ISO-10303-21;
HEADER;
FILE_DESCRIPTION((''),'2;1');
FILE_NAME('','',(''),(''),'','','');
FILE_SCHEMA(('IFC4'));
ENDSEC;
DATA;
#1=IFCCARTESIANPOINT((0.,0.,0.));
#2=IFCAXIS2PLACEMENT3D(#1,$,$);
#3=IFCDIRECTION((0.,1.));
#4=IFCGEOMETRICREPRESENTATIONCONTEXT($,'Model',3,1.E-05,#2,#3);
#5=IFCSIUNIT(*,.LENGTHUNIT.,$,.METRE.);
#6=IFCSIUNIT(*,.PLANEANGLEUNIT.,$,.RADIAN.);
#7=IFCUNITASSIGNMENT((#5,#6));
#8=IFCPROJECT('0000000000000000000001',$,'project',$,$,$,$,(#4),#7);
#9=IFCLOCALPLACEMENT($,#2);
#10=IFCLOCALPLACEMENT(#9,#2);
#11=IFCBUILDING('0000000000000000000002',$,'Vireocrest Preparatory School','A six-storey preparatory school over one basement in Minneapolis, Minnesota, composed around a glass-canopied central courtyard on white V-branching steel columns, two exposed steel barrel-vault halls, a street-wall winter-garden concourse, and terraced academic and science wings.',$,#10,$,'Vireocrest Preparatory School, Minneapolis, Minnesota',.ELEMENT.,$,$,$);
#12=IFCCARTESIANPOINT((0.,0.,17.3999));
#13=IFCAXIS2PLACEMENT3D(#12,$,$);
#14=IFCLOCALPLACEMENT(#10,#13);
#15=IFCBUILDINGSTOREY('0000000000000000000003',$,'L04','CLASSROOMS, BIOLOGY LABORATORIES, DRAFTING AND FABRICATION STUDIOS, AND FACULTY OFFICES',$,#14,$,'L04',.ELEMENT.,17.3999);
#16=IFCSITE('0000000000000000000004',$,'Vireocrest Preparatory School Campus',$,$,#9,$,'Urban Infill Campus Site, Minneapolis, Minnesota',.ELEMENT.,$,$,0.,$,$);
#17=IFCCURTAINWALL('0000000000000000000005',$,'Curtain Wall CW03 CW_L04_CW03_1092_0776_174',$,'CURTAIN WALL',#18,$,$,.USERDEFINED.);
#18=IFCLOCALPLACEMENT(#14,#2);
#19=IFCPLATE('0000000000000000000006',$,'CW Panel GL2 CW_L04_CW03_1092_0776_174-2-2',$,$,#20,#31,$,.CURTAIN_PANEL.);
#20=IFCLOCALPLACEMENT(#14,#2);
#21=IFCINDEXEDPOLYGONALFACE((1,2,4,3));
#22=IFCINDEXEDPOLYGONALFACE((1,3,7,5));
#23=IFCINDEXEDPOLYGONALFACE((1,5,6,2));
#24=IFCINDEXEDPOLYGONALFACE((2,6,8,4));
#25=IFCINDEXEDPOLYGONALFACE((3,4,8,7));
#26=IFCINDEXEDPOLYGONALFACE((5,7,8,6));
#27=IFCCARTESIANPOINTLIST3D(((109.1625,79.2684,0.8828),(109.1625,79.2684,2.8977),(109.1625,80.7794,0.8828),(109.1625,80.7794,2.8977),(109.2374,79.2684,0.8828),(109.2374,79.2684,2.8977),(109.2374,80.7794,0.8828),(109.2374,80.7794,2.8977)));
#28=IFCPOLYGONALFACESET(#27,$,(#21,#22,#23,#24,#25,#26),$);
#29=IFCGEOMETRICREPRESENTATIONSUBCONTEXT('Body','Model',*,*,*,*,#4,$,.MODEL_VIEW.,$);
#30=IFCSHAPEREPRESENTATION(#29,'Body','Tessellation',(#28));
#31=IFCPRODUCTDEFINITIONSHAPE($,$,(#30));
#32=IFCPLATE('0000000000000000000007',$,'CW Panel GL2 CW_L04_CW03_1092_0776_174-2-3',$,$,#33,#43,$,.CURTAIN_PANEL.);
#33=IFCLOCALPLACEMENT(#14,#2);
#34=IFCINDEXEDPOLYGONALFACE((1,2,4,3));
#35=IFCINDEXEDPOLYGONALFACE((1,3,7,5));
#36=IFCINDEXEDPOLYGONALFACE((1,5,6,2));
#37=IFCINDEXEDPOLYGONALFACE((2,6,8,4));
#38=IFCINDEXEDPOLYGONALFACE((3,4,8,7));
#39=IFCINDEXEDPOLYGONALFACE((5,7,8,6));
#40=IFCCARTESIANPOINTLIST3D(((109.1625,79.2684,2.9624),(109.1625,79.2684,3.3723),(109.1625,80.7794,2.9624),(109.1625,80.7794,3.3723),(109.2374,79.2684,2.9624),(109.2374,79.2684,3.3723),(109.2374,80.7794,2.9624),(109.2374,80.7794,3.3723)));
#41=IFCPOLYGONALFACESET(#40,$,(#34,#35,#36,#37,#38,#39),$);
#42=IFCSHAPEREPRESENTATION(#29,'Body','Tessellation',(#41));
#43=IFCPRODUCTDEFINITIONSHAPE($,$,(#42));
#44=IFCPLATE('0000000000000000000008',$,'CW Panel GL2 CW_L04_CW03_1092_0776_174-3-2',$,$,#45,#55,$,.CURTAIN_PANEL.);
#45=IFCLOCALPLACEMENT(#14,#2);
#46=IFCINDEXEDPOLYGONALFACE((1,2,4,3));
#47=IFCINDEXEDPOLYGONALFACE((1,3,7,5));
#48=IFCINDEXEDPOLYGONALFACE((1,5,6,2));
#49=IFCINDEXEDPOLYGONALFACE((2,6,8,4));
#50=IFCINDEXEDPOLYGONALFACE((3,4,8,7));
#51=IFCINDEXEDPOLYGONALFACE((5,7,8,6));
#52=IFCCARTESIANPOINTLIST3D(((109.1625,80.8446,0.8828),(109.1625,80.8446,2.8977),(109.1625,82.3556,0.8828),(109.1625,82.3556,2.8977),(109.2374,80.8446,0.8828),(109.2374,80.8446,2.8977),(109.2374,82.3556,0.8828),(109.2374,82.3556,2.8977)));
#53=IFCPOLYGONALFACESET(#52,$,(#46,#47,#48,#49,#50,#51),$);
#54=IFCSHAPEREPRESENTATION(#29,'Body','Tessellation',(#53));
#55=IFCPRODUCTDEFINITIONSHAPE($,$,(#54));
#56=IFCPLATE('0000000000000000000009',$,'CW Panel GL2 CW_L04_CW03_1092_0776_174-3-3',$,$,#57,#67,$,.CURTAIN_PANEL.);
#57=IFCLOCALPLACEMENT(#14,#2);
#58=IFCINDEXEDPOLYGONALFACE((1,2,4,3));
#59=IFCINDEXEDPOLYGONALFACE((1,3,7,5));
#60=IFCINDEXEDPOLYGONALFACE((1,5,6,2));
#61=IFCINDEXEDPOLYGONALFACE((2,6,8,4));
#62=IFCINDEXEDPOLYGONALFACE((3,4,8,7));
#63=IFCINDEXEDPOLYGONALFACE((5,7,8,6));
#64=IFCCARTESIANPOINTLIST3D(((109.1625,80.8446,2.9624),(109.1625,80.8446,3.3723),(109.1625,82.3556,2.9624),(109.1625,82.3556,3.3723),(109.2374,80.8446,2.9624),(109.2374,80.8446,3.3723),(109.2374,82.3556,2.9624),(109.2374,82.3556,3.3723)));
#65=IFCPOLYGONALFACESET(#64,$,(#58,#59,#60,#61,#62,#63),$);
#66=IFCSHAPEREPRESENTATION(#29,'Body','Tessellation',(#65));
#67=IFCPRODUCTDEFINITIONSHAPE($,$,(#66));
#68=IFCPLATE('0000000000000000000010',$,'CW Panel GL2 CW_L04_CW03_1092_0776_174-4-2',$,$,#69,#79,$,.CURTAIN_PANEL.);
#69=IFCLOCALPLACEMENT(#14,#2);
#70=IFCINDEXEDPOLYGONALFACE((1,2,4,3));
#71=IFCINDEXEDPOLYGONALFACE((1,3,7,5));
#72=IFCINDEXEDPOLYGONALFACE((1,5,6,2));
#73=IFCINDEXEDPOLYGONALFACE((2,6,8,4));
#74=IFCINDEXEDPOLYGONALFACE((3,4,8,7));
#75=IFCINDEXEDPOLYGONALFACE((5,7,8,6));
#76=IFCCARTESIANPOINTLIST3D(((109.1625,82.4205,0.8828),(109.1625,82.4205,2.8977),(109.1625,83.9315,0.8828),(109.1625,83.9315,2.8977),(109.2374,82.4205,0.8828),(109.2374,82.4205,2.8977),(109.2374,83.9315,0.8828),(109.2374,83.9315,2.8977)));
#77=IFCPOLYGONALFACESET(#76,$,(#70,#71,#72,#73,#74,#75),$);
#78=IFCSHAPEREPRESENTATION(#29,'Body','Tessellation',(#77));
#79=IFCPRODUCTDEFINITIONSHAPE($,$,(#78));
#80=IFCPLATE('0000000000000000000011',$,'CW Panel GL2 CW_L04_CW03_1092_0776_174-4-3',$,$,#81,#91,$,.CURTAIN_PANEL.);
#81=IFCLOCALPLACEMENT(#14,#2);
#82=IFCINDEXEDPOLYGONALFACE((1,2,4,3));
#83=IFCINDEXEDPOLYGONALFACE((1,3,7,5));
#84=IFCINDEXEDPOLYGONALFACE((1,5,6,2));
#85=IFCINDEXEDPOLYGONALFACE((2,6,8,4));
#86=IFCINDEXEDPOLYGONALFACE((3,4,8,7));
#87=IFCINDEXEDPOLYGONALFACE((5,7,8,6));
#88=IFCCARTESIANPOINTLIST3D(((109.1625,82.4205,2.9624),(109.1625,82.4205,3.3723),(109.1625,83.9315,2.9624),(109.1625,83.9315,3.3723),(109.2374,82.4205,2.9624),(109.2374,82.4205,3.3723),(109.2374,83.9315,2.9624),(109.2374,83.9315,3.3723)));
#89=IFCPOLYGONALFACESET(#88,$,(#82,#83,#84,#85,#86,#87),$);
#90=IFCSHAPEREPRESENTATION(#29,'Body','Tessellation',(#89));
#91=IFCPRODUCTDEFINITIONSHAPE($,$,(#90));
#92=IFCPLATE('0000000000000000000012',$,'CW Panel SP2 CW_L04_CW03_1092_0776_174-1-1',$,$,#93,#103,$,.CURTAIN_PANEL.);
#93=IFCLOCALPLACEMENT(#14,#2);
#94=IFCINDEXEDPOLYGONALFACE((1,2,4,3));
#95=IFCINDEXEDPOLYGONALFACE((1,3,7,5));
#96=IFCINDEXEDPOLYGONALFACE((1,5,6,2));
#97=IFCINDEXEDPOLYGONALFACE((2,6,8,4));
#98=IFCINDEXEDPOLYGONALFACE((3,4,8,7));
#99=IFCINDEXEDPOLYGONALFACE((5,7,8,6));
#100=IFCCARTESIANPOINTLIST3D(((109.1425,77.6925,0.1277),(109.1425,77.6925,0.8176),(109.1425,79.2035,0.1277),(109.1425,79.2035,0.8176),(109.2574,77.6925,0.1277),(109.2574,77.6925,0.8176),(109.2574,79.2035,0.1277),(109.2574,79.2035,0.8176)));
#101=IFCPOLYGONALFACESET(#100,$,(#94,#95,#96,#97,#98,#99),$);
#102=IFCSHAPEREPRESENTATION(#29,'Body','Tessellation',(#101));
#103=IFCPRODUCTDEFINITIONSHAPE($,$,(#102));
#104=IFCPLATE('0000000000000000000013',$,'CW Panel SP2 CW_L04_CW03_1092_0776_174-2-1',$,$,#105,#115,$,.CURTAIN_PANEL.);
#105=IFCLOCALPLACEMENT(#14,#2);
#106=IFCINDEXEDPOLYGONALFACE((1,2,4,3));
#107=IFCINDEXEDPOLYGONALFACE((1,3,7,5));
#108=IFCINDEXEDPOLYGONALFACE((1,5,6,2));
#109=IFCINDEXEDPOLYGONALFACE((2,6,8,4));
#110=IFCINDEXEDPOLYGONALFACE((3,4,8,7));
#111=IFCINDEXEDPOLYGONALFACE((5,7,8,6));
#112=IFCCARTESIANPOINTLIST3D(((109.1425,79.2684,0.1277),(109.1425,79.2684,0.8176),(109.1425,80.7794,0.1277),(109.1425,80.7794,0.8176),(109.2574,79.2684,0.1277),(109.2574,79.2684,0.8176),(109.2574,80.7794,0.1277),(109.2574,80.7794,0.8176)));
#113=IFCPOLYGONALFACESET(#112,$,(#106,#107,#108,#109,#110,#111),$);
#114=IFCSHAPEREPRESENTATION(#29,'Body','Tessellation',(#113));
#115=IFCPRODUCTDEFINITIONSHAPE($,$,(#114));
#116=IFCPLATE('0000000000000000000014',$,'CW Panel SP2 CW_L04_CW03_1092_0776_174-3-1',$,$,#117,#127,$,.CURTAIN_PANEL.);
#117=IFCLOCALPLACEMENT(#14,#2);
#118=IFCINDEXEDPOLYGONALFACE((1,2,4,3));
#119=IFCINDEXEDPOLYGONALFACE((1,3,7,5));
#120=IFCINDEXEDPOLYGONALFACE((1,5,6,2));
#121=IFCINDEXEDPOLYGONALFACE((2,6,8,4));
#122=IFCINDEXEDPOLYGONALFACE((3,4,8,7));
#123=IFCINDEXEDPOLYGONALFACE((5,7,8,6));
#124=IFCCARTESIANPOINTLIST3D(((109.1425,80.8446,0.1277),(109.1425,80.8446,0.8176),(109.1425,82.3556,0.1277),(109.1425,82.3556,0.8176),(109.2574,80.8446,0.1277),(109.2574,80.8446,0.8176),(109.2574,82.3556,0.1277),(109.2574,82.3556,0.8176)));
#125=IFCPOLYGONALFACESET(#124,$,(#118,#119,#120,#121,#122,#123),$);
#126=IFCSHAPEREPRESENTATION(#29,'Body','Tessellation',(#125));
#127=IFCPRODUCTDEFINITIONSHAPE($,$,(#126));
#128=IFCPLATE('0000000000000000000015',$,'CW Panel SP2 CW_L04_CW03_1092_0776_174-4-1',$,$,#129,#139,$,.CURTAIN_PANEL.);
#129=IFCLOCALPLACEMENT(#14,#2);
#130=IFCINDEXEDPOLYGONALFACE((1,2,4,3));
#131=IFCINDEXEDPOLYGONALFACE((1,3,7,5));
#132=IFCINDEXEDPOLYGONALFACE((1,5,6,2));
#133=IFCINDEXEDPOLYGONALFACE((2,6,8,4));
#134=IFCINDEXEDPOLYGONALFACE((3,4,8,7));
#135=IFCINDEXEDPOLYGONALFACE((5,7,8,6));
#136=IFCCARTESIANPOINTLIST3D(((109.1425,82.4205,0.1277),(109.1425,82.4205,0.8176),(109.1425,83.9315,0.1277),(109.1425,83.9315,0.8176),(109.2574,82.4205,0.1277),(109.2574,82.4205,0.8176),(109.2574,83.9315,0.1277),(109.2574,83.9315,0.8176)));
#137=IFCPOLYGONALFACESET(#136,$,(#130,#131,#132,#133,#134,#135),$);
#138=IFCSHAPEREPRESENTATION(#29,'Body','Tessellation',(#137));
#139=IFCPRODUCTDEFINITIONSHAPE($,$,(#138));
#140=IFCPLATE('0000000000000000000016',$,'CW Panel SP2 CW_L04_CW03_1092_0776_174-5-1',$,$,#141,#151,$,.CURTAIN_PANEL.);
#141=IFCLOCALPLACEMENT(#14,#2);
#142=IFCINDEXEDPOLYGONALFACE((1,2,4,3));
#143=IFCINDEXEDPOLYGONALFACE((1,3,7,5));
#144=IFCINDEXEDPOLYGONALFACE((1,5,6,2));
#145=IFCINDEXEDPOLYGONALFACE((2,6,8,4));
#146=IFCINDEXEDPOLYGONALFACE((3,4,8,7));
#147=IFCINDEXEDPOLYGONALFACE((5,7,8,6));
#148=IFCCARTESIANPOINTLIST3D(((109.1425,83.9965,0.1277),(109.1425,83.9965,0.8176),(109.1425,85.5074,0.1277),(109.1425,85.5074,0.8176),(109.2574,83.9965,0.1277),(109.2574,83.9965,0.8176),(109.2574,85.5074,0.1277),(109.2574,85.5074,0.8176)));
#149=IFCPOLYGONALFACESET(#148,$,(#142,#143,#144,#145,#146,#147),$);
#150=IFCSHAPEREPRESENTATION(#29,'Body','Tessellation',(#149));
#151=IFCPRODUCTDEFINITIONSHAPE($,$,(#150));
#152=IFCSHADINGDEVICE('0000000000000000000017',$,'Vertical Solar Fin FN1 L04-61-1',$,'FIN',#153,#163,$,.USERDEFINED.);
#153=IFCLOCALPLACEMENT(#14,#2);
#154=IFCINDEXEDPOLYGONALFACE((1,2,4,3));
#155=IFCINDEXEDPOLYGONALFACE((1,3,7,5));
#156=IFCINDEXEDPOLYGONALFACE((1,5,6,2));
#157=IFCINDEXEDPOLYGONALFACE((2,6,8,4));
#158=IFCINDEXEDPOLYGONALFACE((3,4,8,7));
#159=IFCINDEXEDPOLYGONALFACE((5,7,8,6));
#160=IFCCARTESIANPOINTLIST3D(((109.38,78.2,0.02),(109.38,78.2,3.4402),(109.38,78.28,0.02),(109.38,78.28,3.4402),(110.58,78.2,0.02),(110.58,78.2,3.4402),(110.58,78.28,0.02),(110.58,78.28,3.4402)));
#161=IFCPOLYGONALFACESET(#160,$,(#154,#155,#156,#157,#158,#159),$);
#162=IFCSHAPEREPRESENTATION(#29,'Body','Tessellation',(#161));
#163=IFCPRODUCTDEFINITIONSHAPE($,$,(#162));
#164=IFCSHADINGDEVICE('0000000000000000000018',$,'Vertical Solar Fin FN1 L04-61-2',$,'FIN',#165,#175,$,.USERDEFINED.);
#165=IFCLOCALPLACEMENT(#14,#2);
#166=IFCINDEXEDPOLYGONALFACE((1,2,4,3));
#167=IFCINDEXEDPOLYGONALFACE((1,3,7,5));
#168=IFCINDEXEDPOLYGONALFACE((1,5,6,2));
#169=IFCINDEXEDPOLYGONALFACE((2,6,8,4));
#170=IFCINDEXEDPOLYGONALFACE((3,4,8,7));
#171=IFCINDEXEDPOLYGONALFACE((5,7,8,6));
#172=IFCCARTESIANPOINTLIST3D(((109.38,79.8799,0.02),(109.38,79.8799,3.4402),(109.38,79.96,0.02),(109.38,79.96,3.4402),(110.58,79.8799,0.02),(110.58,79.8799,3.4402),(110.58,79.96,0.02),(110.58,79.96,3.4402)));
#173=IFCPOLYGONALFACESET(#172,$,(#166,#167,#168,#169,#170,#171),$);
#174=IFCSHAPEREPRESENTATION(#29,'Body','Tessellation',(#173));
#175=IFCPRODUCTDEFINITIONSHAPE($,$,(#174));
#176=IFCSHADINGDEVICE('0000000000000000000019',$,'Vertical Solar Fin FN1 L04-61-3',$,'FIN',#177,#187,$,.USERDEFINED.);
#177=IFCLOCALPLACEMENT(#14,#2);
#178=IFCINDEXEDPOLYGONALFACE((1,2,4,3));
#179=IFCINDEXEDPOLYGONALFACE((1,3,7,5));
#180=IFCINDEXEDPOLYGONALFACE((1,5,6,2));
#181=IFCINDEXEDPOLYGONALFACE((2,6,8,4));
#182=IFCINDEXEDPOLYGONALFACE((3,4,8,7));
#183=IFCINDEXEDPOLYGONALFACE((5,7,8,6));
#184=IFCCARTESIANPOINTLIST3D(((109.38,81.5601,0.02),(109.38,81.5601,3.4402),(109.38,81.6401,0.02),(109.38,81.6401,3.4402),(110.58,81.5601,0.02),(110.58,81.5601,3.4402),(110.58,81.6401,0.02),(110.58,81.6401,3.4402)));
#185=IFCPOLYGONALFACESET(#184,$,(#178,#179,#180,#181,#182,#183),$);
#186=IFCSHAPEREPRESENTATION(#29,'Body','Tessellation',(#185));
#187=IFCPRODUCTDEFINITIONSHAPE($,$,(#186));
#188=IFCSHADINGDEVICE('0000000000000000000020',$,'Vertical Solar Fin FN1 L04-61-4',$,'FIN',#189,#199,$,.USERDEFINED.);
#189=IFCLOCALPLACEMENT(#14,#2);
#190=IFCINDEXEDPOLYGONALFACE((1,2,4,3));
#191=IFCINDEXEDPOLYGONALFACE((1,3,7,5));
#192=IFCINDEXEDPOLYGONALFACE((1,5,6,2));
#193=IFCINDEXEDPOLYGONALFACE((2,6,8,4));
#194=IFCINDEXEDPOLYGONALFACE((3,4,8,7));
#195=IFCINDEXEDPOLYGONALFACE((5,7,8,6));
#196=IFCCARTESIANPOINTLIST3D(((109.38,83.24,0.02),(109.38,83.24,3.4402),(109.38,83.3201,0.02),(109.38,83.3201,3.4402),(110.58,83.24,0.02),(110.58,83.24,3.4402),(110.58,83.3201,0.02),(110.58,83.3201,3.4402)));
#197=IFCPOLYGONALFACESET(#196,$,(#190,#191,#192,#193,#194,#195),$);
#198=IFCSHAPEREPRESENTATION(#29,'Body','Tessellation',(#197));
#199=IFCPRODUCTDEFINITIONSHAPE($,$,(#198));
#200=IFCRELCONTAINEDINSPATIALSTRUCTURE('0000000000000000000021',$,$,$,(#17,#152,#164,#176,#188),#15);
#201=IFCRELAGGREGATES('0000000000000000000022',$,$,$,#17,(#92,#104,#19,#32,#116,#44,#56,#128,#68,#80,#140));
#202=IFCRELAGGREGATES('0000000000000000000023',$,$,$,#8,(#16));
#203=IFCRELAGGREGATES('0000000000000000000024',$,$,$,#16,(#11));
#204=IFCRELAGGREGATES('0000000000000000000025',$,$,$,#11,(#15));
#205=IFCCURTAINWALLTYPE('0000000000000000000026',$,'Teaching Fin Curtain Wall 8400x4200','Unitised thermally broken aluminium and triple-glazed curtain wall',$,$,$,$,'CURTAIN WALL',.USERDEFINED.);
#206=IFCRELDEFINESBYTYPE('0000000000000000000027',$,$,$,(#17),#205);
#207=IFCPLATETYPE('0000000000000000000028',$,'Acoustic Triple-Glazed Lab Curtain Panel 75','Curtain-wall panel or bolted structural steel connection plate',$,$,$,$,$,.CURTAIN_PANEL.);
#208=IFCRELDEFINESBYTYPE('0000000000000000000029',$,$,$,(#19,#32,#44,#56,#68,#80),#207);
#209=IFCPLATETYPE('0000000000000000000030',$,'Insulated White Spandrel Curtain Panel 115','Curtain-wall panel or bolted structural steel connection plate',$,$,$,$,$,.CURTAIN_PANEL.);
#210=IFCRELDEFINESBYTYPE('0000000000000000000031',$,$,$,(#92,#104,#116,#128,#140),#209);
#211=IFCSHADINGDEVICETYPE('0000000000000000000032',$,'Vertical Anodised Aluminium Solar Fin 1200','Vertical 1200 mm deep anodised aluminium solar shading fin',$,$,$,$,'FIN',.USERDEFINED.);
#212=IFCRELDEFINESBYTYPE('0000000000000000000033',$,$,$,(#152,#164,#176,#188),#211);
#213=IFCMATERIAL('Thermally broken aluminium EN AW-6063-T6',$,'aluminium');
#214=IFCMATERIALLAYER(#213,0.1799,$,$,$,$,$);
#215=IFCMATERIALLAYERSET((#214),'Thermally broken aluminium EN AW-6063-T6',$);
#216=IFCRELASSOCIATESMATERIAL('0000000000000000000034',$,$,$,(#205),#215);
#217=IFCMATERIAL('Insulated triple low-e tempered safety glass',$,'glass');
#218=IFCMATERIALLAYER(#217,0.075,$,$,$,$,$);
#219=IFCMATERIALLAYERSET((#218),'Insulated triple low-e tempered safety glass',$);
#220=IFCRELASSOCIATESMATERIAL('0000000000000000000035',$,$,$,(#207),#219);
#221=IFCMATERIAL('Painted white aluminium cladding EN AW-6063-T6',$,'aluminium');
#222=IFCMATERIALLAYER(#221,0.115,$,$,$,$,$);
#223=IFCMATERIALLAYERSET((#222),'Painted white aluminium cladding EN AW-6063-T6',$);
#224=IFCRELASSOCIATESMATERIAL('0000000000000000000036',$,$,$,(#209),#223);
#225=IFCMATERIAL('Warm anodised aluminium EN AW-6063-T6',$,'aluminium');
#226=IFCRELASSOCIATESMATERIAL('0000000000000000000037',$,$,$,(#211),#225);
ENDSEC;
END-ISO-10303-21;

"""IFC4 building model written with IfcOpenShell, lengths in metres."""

from ifc_helpers import new_model, si_unit, direction, frame, origin, origin_2d, place, context, subcontext, project, spatial, rectangle, extrude, material, layer, layer_set, material_profile, profile_set, type_object, element, aggregate, save


model = new_model("IFC4")

# Units and contexts
model_context = context("Model", 3, precision=1e-05, world=origin(), true_north=direction((0.0, 1.0)))
body_context = subcontext(model_context, "Body", "Model", "MODEL_VIEW")
ifc_project = project(units=[si_unit("LENGTHUNIT", "METRE"), si_unit("PLANEANGLEUNIT", "RADIAN")], contexts=[model_context])

# Site, building, storey
site_placement = place(None, origin())
site = spatial("IfcSite", under=ifc_project, at=site_placement, Name="Vireocrest Preparatory School Campus", LongName="Urban Infill Campus Site, Minneapolis, Minnesota", CompositionType="ELEMENT", RefElevation=0.0)
building_placement = place(site_placement, origin())
building = spatial("IfcBuilding", under=site, at=building_placement, Name="Vireocrest Preparatory School", Description="A six-storey preparatory school over one basement in Minneapolis, Minnesota, composed around a glass-canopied central courtyard on white V-branching steel columns, two exposed steel barrel-vault halls, a street-wall winter-garden concourse, and terraced academic and science wings.", LongName="Vireocrest Preparatory School, Minneapolis, Minnesota", CompositionType="ELEMENT")
storey_placement = place(building_placement, frame((0.0, 0.0, 17.3999)))
storey = spatial("IfcBuildingStorey", under=building, at=storey_placement, Name="L04", Description="CLASSROOMS, BIOLOGY LABORATORIES, DRAFTING AND FABRICATION STUDIOS, AND FACULTY OFFICES", LongName="L04", CompositionType="ELEMENT", Elevation=17.3999)

# Curtain wall
ifc_material_1 = material(Name="Thermally broken aluminium EN AW-6063-T6", Category="aluminium")
ifc_layer_1 = layer(ifc_material_1, 0.1799)
ifc_layer_set_1 = layer_set([ifc_layer_1], Name="Thermally broken aluminium EN AW-6063-T6")
curtain_wall_type = type_object("IfcCurtainWallType", Name="Teaching Fin Curtain Wall 8400x4200", Description="Unitised thermally broken aluminium and triple-glazed curtain wall", ElementType="CURTAIN WALL", PredefinedType="USERDEFINED", material=ifc_layer_set_1)
curtain_wall_placement = place(storey_placement, origin())
curtain_wall = element("IfcCurtainWall", 1, at=curtain_wall_placement, inside=storey, type_object=curtain_wall_type, Name="Curtain Wall CW03 CW_L04_CW03_1092_0776_174", ObjectType="CURTAIN WALL", PredefinedType="USERDEFINED")

# Plates
ifc_material_2 = material(Name="Insulated triple low-e tempered safety glass", Category="glass")
ifc_layer_2 = layer(ifc_material_2, 0.075)
ifc_layer_set_2 = layer_set([ifc_layer_2], Name="Insulated triple low-e tempered safety glass")
plate_type_1 = type_object("IfcPlateType", Name="Acoustic Triple-Glazed Lab Curtain Panel 75", Description="Curtain-wall panel or bolted structural steel connection plate", PredefinedType="CURTAIN_PANEL", material=ifc_layer_set_2)
plate_1_placement = place(storey_placement, frame((109.2, 80.0239, 0.8828), z_axis=(0.0, 0.0, 1.0), x_axis=(0.0, 1.0, 0.0)))
plate_1 = element("IfcPlate", 2, at=plate_1_placement, type_object=plate_type_1, Name="CW Panel GL2 CW_L04_CW03_1092_0776_174-2-2", PredefinedType="CURTAIN_PANEL", context=body_context, shape_type="SweptSolid", body=[
    extrude(rectangle(XDim=1.511, YDim=0.075, at=origin_2d()), origin(), (0.0, 0.0, 1.0), 2.0149),
])
plate_2_placement = place(storey_placement, frame((109.2, 80.0239, 2.9624), z_axis=(0.0, 0.0, 1.0), x_axis=(0.0, 1.0, 0.0)))
plate_2 = element("IfcPlate", 3, at=plate_2_placement, type_object=plate_type_1, Name="CW Panel GL2 CW_L04_CW03_1092_0776_174-2-3", PredefinedType="CURTAIN_PANEL", context=body_context, shape_type="SweptSolid", body=[
    extrude(rectangle(XDim=1.511, YDim=0.075, at=origin_2d()), origin(), (0.0, 0.0, 1.0), 0.4099),
])
plate_3_placement = place(storey_placement, frame((109.2, 81.6001, 0.8828), z_axis=(0.0, 0.0, 1.0), x_axis=(0.0, 1.0, 0.0)))
plate_3 = element("IfcPlate", 4, at=plate_3_placement, type_object=plate_type_1, Name="CW Panel GL2 CW_L04_CW03_1092_0776_174-3-2", PredefinedType="CURTAIN_PANEL", context=body_context, shape_type="SweptSolid", body=[
    extrude(rectangle(XDim=1.511, YDim=0.075, at=origin_2d()), origin(), (0.0, 0.0, 1.0), 2.0149),
])
plate_4_placement = place(storey_placement, frame((109.2, 81.6001, 2.9624), z_axis=(0.0, 0.0, 1.0), x_axis=(0.0, 1.0, 0.0)))
plate_4 = element("IfcPlate", 5, at=plate_4_placement, type_object=plate_type_1, Name="CW Panel GL2 CW_L04_CW03_1092_0776_174-3-3", PredefinedType="CURTAIN_PANEL", context=body_context, shape_type="SweptSolid", body=[
    extrude(rectangle(XDim=1.511, YDim=0.075, at=origin_2d()), origin(), (0.0, 0.0, 1.0), 0.4099),
])
plate_5_placement = place(storey_placement, frame((109.2, 83.176, 0.8828), z_axis=(0.0, 0.0, 1.0), x_axis=(0.0, 1.0, 0.0)))
plate_5 = element("IfcPlate", 6, at=plate_5_placement, type_object=plate_type_1, Name="CW Panel GL2 CW_L04_CW03_1092_0776_174-4-2", PredefinedType="CURTAIN_PANEL", context=body_context, shape_type="SweptSolid", body=[
    extrude(rectangle(XDim=1.511, YDim=0.075, at=origin_2d()), origin(), (0.0, 0.0, 1.0), 2.0149),
])
plate_6_placement = place(storey_placement, frame((109.2, 83.176, 2.9624), z_axis=(0.0, 0.0, 1.0), x_axis=(0.0, 1.0, 0.0)))
plate_6 = element("IfcPlate", 7, at=plate_6_placement, type_object=plate_type_1, Name="CW Panel GL2 CW_L04_CW03_1092_0776_174-4-3", PredefinedType="CURTAIN_PANEL", context=body_context, shape_type="SweptSolid", body=[
    extrude(rectangle(XDim=1.511, YDim=0.075, at=origin_2d()), origin(), (0.0, 0.0, 1.0), 0.4099),
])
ifc_material_3 = material(Name="Painted white aluminium cladding EN AW-6063-T6", Category="aluminium")
ifc_layer_3 = layer(ifc_material_3, 0.115)
ifc_layer_set_3 = layer_set([ifc_layer_3], Name="Painted white aluminium cladding EN AW-6063-T6")
plate_type_2 = type_object("IfcPlateType", Name="Insulated White Spandrel Curtain Panel 115", Description="Curtain-wall panel or bolted structural steel connection plate", PredefinedType="CURTAIN_PANEL", material=ifc_layer_set_3)
plate_7_placement = place(storey_placement, frame((109.2, 78.448, 0.1277), z_axis=(0.0, 0.0, 1.0), x_axis=(0.0, 1.0, 0.0)))
plate_7 = element("IfcPlate", 8, at=plate_7_placement, type_object=plate_type_2, Name="CW Panel SP2 CW_L04_CW03_1092_0776_174-1-1", PredefinedType="CURTAIN_PANEL", context=body_context, shape_type="SweptSolid", body=[
    extrude(rectangle(XDim=1.511, YDim=0.115, at=origin_2d()), origin(), (0.0, 0.0, 1.0), 0.6899),
])
plate_8_placement = place(storey_placement, frame((109.2, 80.0239, 0.1277), z_axis=(0.0, 0.0, 1.0), x_axis=(0.0, 1.0, 0.0)))
plate_8 = element("IfcPlate", 9, at=plate_8_placement, type_object=plate_type_2, Name="CW Panel SP2 CW_L04_CW03_1092_0776_174-2-1", PredefinedType="CURTAIN_PANEL", context=body_context, shape_type="SweptSolid", body=[
    extrude(rectangle(XDim=1.511, YDim=0.115, at=origin_2d()), origin(), (0.0, 0.0, 1.0), 0.6899),
])
plate_9_placement = place(storey_placement, frame((109.2, 81.6001, 0.1277), z_axis=(0.0, 0.0, 1.0), x_axis=(0.0, 1.0, 0.0)))
plate_9 = element("IfcPlate", 10, at=plate_9_placement, type_object=plate_type_2, Name="CW Panel SP2 CW_L04_CW03_1092_0776_174-3-1", PredefinedType="CURTAIN_PANEL", context=body_context, shape_type="SweptSolid", body=[
    extrude(rectangle(XDim=1.511, YDim=0.115, at=origin_2d()), origin(), (0.0, 0.0, 1.0), 0.6899),
])
plate_10_placement = place(storey_placement, frame((109.2, 83.176, 0.1277), z_axis=(0.0, 0.0, 1.0), x_axis=(0.0, 1.0, 0.0)))
plate_10 = element("IfcPlate", 11, at=plate_10_placement, type_object=plate_type_2, Name="CW Panel SP2 CW_L04_CW03_1092_0776_174-4-1", PredefinedType="CURTAIN_PANEL", context=body_context, shape_type="SweptSolid", body=[
    extrude(rectangle(XDim=1.511, YDim=0.115, at=origin_2d()), origin(), (0.0, 0.0, 1.0), 0.6899),
])
plate_11_placement = place(storey_placement, frame((109.2, 84.752, 0.1277), z_axis=(0.0, 0.0, 1.0), x_axis=(0.0, 1.0, 0.0)))
plate_11 = element("IfcPlate", 12, at=plate_11_placement, type_object=plate_type_2, Name="CW Panel SP2 CW_L04_CW03_1092_0776_174-5-1", PredefinedType="CURTAIN_PANEL", context=body_context, shape_type="SweptSolid", body=[
    extrude(rectangle(XDim=1.511, YDim=0.115, at=origin_2d()), origin(), (0.0, 0.0, 1.0), 0.6899),
])
aggregate(curtain_wall, [plate_7, plate_8, plate_1, plate_2, plate_9, plate_3, plate_4, plate_10, plate_5, plate_6, plate_11])

# Shading devices
ifc_material_4 = material(Name="Warm anodised aluminium EN AW-6063-T6", Category="aluminium")
ifc_material_profile_1 = material_profile(ifc_material_4, rectangle(XDim=0.0801, YDim=1.2, at=origin_2d()), Name="FIN 80x1200")
ifc_profile_set_1 = profile_set([ifc_material_profile_1], Name="Warm anodised aluminium EN AW-6063-T6")
shading_device_type = type_object("IfcShadingDeviceType", Name="Vertical Anodised Aluminium Solar Fin 1200", Description="Vertical 1200 mm deep anodised aluminium solar shading fin", ElementType="FIN", PredefinedType="USERDEFINED", material=ifc_profile_set_1)
for number, where, z_axis, x_axis, name in (
    (13, (109.98, 78.24, 0.02), (0.0, 0.0, 1.0), (0.0, -1.0, 0.0), "Vertical Solar Fin FN1 L04-61-1"),
    (14, (109.98, 79.9199, 0.02), (0.0, 0.0, 1.0), (0.0, -1.0, 0.0), "Vertical Solar Fin FN1 L04-61-2"),
    (15, (109.98, 81.6001, 0.02), (0.0, 0.0, 1.0), (0.0, -1.0, 0.0), "Vertical Solar Fin FN1 L04-61-3"),
    (16, (109.98, 83.28, 0.02), (0.0, 0.0, 1.0), (0.0, -1.0, 0.0), "Vertical Solar Fin FN1 L04-61-4"),
):
    element("IfcShadingDevice", number, at=place(storey_placement, frame(where, z_axis=z_axis, x_axis=x_axis)), inside=storey, type_object=shading_device_type, Name=name, ObjectType="FIN", PredefinedType="USERDEFINED", context=body_context, shape_type="SweptSolid", body=[
        extrude(rectangle(XDim=0.0801, YDim=1.2, at=origin_2d()), origin(), (0.0, 0.0, 1.0), 3.4202),
    ])

save(model, "model.ifc")
